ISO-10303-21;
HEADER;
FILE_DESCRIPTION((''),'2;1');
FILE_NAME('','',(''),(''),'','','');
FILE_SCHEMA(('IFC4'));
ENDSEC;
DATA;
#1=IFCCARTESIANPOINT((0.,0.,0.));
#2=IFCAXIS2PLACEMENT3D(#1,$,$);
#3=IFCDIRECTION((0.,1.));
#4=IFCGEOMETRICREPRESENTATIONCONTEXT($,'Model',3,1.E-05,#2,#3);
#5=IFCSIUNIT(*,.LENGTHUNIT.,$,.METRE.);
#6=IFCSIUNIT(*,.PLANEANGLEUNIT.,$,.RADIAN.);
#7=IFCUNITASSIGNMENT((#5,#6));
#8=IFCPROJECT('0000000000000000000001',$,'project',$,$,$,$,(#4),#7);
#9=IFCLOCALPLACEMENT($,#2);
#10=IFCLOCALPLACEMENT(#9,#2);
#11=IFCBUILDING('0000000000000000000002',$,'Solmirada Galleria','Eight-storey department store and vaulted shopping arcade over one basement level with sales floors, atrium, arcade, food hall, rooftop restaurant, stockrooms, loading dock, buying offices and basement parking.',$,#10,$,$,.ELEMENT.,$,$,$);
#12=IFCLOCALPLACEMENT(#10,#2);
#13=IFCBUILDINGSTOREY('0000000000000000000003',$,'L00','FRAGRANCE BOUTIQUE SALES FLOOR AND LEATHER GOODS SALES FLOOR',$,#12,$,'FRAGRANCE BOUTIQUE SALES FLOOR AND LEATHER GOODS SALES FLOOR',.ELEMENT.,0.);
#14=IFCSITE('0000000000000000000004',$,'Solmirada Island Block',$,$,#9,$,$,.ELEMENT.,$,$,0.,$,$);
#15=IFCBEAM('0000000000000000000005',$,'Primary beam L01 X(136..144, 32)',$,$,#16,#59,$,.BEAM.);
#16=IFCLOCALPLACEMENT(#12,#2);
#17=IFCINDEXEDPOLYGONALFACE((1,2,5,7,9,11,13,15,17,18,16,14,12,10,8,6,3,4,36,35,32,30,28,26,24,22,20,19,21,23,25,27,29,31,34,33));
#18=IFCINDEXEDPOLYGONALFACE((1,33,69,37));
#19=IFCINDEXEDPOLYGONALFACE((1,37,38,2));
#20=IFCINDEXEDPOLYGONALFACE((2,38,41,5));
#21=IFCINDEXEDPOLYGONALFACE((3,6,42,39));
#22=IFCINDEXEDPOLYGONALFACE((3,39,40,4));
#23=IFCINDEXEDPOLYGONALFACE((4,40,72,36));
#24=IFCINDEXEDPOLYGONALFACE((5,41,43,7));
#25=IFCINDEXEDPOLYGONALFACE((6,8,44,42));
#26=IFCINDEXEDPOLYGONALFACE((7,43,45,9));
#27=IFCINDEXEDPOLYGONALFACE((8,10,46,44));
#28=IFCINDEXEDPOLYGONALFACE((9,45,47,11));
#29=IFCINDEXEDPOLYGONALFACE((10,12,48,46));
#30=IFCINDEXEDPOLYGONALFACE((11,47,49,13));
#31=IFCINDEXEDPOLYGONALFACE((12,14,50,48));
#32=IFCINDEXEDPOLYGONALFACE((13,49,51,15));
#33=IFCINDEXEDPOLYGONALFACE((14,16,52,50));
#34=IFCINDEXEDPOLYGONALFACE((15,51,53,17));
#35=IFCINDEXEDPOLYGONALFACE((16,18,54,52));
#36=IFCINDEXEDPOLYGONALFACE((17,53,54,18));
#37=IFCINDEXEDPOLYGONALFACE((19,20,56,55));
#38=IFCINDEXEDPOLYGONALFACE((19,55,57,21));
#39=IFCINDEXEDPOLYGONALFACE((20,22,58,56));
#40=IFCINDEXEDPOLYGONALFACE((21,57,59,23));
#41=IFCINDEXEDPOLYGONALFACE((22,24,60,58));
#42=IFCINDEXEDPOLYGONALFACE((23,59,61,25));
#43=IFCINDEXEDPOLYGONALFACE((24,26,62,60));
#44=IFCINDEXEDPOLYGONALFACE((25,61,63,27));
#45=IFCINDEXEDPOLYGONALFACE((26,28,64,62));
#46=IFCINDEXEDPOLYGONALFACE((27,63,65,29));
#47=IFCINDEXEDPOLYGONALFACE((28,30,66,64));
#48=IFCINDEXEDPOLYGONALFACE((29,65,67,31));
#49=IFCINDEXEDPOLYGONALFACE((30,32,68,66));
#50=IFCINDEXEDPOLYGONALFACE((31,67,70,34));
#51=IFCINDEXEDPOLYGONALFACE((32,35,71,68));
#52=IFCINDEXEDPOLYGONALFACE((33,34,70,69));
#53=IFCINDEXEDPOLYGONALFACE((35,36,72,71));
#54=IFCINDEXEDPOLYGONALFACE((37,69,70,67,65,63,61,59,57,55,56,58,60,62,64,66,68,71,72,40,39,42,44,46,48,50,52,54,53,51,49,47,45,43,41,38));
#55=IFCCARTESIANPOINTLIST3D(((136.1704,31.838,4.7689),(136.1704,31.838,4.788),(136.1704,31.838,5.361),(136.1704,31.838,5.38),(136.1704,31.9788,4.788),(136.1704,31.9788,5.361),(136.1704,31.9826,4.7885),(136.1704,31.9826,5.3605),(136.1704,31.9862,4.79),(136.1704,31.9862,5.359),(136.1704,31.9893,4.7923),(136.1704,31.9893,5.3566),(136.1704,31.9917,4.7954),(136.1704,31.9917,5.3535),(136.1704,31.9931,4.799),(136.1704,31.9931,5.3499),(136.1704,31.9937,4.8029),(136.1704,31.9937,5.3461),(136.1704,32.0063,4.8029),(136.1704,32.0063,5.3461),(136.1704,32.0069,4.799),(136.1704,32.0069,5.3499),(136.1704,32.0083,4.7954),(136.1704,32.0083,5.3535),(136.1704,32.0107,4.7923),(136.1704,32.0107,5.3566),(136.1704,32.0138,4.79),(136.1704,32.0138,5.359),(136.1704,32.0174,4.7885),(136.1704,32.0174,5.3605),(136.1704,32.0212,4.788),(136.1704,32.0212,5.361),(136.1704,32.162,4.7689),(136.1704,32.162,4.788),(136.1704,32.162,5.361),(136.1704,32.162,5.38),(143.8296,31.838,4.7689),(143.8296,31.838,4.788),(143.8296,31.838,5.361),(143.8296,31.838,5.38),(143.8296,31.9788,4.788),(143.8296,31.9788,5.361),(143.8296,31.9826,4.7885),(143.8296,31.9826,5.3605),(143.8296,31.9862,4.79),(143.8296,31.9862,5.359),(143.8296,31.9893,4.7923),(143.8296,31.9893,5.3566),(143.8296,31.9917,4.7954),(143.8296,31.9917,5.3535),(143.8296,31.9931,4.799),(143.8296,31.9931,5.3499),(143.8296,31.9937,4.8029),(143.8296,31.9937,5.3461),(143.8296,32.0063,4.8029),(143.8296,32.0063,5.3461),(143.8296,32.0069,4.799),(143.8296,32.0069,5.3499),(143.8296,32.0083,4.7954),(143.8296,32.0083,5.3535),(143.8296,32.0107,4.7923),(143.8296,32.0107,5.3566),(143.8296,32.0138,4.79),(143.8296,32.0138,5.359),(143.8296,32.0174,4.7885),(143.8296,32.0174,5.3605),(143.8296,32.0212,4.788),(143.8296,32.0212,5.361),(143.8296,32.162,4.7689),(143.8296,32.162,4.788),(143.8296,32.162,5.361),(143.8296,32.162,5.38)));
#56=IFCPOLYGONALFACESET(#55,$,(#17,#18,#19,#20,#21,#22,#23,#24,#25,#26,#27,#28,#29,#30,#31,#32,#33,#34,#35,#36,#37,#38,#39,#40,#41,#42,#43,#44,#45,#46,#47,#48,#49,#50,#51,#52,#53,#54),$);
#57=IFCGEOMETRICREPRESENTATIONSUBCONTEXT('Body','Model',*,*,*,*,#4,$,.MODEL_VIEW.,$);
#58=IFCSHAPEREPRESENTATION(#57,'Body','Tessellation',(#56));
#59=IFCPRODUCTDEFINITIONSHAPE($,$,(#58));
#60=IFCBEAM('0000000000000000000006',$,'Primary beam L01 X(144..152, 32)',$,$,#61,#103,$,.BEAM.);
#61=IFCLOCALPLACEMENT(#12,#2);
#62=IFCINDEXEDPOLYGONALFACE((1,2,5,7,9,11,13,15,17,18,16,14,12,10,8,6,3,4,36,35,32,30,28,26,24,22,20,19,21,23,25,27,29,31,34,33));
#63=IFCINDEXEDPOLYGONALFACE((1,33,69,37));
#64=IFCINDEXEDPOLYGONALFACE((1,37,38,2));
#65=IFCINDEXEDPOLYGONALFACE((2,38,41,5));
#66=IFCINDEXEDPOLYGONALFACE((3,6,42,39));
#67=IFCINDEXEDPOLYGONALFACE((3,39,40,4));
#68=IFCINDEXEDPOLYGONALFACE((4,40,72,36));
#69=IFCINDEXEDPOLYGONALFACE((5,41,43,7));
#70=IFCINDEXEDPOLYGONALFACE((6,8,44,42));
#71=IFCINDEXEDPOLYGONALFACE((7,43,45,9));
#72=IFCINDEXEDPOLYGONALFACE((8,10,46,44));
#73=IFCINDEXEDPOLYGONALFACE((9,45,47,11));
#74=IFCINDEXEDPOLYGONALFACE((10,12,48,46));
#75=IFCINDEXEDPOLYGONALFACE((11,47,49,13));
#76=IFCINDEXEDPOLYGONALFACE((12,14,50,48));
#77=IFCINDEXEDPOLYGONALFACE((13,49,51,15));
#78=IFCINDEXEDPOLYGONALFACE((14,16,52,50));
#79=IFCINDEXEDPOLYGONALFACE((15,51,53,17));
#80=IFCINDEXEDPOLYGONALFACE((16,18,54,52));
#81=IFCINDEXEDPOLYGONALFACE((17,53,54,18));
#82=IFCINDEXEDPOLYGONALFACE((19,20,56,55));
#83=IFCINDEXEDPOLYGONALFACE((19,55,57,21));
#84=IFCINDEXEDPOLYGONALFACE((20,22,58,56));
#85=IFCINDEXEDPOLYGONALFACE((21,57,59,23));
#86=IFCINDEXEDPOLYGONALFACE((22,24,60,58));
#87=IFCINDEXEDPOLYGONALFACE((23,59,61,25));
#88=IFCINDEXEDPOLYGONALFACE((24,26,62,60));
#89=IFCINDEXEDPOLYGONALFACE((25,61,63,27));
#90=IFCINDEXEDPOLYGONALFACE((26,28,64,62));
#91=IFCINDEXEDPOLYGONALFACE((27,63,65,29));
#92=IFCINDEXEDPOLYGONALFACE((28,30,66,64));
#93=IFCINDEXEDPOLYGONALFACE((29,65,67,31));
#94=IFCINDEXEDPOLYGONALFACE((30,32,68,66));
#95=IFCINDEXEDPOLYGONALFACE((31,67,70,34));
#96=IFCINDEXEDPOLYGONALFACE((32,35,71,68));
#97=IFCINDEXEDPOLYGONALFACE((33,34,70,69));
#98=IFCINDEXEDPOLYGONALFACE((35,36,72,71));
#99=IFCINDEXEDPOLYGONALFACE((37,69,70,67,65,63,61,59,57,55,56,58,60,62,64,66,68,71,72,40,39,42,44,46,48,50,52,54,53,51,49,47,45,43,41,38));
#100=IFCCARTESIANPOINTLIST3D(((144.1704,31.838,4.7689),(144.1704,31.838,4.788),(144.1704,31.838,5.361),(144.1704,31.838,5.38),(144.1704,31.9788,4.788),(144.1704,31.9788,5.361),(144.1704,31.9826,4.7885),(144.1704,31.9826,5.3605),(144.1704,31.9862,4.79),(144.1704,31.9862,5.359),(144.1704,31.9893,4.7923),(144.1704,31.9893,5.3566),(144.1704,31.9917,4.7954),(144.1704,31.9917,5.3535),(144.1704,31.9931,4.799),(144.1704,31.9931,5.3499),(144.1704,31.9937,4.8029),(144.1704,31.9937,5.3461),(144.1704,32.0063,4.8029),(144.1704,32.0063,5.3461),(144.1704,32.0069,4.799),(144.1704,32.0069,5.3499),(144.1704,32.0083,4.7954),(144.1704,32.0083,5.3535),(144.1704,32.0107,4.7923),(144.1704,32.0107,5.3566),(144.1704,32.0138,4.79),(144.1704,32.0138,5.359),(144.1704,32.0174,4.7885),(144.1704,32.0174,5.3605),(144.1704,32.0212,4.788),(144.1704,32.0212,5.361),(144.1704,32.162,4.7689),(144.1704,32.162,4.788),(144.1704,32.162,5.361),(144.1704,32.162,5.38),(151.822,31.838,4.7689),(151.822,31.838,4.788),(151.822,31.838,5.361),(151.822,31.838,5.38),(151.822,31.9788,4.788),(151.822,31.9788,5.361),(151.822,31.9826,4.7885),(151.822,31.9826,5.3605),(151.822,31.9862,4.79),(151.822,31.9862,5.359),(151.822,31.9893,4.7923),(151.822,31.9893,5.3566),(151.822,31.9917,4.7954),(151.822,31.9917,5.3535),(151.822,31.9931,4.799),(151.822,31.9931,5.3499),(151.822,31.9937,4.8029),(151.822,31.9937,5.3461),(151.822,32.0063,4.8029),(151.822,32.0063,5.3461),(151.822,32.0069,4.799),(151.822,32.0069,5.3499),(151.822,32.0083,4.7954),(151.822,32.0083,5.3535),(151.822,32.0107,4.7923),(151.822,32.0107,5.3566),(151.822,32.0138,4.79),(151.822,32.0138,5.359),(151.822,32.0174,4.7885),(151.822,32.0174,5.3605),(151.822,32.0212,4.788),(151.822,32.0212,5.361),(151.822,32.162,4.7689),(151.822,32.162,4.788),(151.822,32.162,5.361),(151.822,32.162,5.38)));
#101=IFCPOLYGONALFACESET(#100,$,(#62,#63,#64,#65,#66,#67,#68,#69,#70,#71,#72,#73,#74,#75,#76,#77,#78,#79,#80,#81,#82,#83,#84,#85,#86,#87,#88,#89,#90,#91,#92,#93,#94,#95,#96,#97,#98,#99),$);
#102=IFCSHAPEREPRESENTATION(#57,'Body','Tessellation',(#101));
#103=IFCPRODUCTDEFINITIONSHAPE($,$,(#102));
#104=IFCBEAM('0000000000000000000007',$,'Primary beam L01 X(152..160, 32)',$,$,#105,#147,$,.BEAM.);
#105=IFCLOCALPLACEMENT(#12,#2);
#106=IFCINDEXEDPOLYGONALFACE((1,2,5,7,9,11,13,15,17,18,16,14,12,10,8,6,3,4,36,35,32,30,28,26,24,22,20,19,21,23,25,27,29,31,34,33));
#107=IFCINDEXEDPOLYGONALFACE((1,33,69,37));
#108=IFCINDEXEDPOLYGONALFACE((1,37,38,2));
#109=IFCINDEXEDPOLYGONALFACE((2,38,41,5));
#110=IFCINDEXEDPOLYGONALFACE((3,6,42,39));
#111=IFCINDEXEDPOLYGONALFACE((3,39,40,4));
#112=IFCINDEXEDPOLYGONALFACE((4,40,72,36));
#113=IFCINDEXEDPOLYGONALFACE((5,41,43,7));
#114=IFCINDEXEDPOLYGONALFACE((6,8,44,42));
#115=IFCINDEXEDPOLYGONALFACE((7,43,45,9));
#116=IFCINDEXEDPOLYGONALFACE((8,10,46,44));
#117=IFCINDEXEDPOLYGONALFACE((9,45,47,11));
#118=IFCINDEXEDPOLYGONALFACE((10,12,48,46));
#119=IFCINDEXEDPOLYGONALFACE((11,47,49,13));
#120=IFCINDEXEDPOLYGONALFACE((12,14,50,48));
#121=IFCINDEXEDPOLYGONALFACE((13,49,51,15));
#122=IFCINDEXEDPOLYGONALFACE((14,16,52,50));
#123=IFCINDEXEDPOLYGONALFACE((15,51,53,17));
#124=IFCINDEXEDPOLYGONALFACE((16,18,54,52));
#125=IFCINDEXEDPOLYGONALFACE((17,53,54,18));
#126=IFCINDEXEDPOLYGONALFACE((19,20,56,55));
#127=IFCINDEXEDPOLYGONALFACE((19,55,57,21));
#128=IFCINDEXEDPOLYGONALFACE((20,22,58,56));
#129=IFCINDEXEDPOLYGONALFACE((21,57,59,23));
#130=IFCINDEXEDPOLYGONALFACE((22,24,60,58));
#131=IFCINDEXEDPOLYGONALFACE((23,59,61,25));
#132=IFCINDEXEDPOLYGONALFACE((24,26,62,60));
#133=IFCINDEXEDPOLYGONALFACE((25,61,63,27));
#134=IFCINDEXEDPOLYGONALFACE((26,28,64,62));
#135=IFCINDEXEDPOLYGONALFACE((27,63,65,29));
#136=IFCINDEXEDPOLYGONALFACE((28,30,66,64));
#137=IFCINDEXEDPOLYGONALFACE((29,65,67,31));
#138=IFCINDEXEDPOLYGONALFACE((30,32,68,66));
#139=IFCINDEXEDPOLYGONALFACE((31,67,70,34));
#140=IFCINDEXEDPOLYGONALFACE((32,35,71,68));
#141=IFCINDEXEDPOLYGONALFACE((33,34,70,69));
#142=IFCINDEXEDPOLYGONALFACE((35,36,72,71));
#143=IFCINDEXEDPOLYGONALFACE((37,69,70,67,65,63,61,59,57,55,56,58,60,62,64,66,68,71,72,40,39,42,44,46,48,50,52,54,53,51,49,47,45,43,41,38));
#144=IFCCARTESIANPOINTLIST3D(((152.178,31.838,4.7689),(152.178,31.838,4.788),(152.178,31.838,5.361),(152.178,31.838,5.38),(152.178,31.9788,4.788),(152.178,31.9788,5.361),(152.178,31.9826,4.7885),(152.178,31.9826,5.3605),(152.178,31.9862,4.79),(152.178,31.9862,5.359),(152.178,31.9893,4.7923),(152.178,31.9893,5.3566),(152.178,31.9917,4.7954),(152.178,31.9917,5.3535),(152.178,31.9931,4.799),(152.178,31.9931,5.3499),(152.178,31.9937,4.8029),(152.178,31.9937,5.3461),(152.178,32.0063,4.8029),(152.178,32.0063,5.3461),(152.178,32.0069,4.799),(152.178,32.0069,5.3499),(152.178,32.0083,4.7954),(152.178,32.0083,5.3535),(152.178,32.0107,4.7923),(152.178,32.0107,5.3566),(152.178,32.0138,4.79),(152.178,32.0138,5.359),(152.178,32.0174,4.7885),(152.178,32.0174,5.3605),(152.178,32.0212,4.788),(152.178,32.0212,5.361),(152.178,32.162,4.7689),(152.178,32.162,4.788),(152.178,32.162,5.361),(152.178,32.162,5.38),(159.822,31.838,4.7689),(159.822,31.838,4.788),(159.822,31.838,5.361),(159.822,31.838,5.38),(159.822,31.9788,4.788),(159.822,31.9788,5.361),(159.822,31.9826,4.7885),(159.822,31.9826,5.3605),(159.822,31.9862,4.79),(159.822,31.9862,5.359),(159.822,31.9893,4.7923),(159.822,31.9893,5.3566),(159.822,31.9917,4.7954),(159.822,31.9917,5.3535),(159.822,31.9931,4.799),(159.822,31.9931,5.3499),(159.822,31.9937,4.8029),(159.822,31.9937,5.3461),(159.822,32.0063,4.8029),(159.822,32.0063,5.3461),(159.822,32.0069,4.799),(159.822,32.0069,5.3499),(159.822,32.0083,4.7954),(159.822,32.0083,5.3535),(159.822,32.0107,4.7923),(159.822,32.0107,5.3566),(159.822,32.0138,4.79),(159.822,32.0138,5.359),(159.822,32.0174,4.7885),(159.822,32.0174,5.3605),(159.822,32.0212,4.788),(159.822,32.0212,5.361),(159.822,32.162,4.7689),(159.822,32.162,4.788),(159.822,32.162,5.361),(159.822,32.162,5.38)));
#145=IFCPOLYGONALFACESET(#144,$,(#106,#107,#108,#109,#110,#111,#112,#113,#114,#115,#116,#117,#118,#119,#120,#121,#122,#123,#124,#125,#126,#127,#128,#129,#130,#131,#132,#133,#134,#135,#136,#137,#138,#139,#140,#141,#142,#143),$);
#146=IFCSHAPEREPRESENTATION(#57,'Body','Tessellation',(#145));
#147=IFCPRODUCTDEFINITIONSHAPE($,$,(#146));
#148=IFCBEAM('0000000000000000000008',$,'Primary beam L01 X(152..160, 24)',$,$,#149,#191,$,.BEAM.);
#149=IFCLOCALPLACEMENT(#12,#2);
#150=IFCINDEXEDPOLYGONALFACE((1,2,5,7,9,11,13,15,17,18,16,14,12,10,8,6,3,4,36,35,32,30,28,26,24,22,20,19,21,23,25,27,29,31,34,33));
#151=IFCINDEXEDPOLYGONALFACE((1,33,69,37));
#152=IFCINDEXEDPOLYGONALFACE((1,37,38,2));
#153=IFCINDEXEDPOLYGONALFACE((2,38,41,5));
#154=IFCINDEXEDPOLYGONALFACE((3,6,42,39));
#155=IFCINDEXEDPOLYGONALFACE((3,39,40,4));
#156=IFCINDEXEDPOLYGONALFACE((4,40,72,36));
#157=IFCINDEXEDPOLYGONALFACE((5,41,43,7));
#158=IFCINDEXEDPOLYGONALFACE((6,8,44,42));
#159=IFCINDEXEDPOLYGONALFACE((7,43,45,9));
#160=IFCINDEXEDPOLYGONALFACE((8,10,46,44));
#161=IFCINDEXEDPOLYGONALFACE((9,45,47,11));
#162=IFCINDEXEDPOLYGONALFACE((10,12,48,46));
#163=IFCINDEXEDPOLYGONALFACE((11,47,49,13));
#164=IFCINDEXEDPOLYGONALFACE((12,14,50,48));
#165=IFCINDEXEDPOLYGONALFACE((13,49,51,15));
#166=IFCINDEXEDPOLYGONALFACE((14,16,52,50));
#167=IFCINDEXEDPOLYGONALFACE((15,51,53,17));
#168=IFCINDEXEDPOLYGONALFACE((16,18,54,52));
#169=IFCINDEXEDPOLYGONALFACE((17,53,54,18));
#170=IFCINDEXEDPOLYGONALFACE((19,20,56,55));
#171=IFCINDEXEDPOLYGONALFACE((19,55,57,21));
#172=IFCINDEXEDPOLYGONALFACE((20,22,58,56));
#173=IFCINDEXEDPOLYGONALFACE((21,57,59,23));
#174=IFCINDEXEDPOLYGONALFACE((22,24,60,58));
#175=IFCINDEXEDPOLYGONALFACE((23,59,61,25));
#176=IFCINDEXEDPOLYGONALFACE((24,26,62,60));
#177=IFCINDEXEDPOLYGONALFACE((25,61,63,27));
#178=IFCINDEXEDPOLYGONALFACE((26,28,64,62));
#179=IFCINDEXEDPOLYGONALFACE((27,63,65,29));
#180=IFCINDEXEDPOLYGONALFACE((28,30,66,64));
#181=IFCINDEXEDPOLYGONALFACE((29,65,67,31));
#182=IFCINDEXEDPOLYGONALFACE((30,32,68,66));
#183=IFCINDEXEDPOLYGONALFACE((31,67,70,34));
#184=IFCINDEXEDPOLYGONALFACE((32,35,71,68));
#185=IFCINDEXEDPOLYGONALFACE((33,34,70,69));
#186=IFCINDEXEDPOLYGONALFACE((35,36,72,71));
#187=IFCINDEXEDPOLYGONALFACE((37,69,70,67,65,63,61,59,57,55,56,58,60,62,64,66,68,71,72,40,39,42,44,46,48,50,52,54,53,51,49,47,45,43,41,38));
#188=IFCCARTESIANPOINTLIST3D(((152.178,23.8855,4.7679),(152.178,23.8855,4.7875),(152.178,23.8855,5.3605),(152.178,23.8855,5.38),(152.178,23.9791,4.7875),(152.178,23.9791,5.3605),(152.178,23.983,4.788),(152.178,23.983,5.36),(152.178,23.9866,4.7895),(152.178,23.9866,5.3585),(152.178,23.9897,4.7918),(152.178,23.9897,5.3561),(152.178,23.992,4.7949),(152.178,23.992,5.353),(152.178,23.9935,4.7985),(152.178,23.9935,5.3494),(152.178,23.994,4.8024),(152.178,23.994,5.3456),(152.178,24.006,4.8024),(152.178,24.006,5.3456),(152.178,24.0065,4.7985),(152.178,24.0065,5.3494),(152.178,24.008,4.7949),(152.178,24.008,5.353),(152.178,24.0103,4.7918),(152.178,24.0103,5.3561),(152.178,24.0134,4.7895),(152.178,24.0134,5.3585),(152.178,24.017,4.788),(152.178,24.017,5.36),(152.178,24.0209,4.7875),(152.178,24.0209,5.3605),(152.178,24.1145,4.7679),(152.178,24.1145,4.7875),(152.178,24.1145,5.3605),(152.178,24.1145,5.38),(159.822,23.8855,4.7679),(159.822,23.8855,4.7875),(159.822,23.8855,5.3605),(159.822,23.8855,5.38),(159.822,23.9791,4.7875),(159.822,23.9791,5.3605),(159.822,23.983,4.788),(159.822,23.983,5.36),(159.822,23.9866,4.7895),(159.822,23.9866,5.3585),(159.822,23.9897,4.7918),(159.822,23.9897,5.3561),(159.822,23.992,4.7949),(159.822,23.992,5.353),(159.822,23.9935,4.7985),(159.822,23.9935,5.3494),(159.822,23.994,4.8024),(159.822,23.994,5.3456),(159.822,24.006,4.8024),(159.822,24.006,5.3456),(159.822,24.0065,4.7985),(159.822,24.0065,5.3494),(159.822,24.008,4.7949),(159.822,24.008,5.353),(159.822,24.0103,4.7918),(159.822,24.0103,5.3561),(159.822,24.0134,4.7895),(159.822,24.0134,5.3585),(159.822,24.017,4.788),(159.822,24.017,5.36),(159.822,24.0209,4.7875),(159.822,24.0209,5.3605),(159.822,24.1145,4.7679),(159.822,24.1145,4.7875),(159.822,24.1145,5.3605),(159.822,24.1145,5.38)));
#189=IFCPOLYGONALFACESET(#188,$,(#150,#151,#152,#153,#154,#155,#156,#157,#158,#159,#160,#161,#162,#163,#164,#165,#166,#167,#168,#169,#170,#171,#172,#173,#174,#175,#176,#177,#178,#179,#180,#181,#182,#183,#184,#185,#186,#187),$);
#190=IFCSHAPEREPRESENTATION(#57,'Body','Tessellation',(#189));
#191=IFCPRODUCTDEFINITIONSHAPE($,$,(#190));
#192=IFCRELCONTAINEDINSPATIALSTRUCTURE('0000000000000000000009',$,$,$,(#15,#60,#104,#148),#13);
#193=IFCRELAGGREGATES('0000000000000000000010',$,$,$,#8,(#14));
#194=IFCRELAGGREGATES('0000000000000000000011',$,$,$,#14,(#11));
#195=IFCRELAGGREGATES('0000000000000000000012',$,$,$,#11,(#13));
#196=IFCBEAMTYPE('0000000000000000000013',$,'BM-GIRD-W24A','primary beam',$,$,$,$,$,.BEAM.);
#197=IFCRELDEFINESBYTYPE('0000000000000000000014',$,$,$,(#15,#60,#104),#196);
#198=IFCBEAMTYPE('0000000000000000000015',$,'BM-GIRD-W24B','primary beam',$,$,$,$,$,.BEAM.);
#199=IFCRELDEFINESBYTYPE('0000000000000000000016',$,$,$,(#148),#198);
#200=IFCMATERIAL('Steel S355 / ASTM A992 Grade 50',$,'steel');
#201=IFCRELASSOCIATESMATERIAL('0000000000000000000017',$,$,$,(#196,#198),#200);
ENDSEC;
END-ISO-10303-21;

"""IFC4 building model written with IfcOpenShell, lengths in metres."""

from ifc_helpers import new_model, si_unit, direction, frame, origin, origin_2d, place, context, subcontext, project, spatial, i_section, extrude, material, material_profile, profile_set, type_object, element, save


model = new_model("IFC4")

# Units and contexts
model_context = context("Model", 3, precision=1e-05, world=origin(), true_north=direction((0.0, 1.0)))
body_context = subcontext(model_context, "Body", "Model", "MODEL_VIEW")
ifc_project = project(units=[si_unit("LENGTHUNIT", "METRE"), si_unit("PLANEANGLEUNIT", "RADIAN")], contexts=[model_context])

# Site, building, storey
site_placement = place(None, origin())
site = spatial("IfcSite", under=ifc_project, at=site_placement, Name="Solmirada Island Block", CompositionType="ELEMENT", RefElevation=0.0)
building_placement = place(site_placement, origin())
building = spatial("IfcBuilding", under=site, at=building_placement, Name="Solmirada Galleria", Description="Eight-storey department store and vaulted shopping arcade over one basement level with sales floors, atrium, arcade, food hall, rooftop restaurant, stockrooms, loading dock, buying offices and basement parking.", CompositionType="ELEMENT")
storey_placement = place(building_placement, origin())
storey = spatial("IfcBuildingStorey", under=building, at=storey_placement, Name="L00", Description="FRAGRANCE BOUTIQUE SALES FLOOR AND LEATHER GOODS SALES FLOOR", LongName="FRAGRANCE BOUTIQUE SALES FLOOR AND LEATHER GOODS SALES FLOOR", CompositionType="ELEMENT", Elevation=0.0)

# Beams
ifc_material_1 = material(Name="Steel S355 / ASTM A992 Grade 50", Category="steel")
ifc_material_profile_1 = material_profile(ifc_material_1, i_section(OverallWidth=0.324, OverallDepth=0.6111, WebThickness=0.0127, FlangeThickness=0.019, FilletRadius=0.0149, at=origin_2d()), Name="W24X104")
ifc_profile_set_1 = profile_set([ifc_material_profile_1], Name="Steel S355 / ASTM A992 Grade 50")
beam_type_1 = type_object("IfcBeamType", Name="BM-GIRD-W24A", Description="primary beam", PredefinedType="BEAM", material=ifc_profile_set_1)
beam_1_placement = place(storey_placement, frame((136.1704, 32.0, 5.0745), z_axis=(1.0, 0.0, 0.0), x_axis=(0.0, 1.0, 0.0)))
element("IfcBeam", 1, at=beam_1_placement, inside=storey, type_object=beam_type_1, Name="Primary beam L01 X(136..144, 32)", PredefinedType="BEAM", context=body_context, shape_type="SweptSolid", body=[
    extrude(i_section(OverallWidth=0.324, OverallDepth=0.6111, WebThickness=0.0127, FlangeThickness=0.019, FilletRadius=0.0149, at=origin_2d()), origin(), (0.0, 0.0, 1.0), 7.6592),
])
beam_2_placement = place(storey_placement, frame((144.1704, 32.0, 5.0745), z_axis=(1.0, 0.0, 0.0), x_axis=(0.0, 1.0, 0.0)))
element("IfcBeam", 2, at=beam_2_placement, inside=storey, type_object=beam_type_1, Name="Primary beam L01 X(144..152, 32)", PredefinedType="BEAM", context=body_context, shape_type="SweptSolid", body=[
    extrude(i_section(OverallWidth=0.324, OverallDepth=0.6111, WebThickness=0.0127, FlangeThickness=0.019, FilletRadius=0.0149, at=origin_2d()), origin(), (0.0, 0.0, 1.0), 7.6516),
])
beam_3_placement = place(storey_placement, frame((152.178, 32.0, 5.0745), z_axis=(1.0, 0.0, 0.0), x_axis=(0.0, 1.0, 0.0)))
element("IfcBeam", 3, at=beam_3_placement, inside=storey, type_object=beam_type_1, Name="Primary beam L01 X(152..160, 32)", PredefinedType="BEAM", context=body_context, shape_type="SweptSolid", body=[
    extrude(i_section(OverallWidth=0.324, OverallDepth=0.6111, WebThickness=0.0127, FlangeThickness=0.019, FilletRadius=0.0149, at=origin_2d()), origin(), (0.0, 0.0, 1.0), 7.644),
])
ifc_material_profile_2 = material_profile(ifc_material_1, i_section(OverallWidth=0.229, OverallDepth=0.6121, WebThickness=0.012, FlangeThickness=0.0195, FilletRadius=0.0149, at=origin_2d()), Name="W24X84")
ifc_profile_set_2 = profile_set([ifc_material_profile_2], Name="Steel S355 / ASTM A992 Grade 50")
beam_type_2 = type_object("IfcBeamType", Name="BM-GIRD-W24B", Description="primary beam", PredefinedType="BEAM", material=ifc_profile_set_2)
beam_4_placement = place(storey_placement, frame((152.178, 24.0, 5.074), z_axis=(1.0, 0.0, 0.0), x_axis=(0.0, 1.0, 0.0)))
element("IfcBeam", 4, at=beam_4_placement, inside=storey, type_object=beam_type_2, Name="Primary beam L01 X(152..160, 24)", PredefinedType="BEAM", context=body_context, shape_type="SweptSolid", body=[
    extrude(i_section(OverallWidth=0.229, OverallDepth=0.6121, WebThickness=0.012, FlangeThickness=0.0195, FilletRadius=0.0149, at=origin_2d()), origin(), (0.0, 0.0, 1.0), 7.644),
])

save(model, "model.ifc")
